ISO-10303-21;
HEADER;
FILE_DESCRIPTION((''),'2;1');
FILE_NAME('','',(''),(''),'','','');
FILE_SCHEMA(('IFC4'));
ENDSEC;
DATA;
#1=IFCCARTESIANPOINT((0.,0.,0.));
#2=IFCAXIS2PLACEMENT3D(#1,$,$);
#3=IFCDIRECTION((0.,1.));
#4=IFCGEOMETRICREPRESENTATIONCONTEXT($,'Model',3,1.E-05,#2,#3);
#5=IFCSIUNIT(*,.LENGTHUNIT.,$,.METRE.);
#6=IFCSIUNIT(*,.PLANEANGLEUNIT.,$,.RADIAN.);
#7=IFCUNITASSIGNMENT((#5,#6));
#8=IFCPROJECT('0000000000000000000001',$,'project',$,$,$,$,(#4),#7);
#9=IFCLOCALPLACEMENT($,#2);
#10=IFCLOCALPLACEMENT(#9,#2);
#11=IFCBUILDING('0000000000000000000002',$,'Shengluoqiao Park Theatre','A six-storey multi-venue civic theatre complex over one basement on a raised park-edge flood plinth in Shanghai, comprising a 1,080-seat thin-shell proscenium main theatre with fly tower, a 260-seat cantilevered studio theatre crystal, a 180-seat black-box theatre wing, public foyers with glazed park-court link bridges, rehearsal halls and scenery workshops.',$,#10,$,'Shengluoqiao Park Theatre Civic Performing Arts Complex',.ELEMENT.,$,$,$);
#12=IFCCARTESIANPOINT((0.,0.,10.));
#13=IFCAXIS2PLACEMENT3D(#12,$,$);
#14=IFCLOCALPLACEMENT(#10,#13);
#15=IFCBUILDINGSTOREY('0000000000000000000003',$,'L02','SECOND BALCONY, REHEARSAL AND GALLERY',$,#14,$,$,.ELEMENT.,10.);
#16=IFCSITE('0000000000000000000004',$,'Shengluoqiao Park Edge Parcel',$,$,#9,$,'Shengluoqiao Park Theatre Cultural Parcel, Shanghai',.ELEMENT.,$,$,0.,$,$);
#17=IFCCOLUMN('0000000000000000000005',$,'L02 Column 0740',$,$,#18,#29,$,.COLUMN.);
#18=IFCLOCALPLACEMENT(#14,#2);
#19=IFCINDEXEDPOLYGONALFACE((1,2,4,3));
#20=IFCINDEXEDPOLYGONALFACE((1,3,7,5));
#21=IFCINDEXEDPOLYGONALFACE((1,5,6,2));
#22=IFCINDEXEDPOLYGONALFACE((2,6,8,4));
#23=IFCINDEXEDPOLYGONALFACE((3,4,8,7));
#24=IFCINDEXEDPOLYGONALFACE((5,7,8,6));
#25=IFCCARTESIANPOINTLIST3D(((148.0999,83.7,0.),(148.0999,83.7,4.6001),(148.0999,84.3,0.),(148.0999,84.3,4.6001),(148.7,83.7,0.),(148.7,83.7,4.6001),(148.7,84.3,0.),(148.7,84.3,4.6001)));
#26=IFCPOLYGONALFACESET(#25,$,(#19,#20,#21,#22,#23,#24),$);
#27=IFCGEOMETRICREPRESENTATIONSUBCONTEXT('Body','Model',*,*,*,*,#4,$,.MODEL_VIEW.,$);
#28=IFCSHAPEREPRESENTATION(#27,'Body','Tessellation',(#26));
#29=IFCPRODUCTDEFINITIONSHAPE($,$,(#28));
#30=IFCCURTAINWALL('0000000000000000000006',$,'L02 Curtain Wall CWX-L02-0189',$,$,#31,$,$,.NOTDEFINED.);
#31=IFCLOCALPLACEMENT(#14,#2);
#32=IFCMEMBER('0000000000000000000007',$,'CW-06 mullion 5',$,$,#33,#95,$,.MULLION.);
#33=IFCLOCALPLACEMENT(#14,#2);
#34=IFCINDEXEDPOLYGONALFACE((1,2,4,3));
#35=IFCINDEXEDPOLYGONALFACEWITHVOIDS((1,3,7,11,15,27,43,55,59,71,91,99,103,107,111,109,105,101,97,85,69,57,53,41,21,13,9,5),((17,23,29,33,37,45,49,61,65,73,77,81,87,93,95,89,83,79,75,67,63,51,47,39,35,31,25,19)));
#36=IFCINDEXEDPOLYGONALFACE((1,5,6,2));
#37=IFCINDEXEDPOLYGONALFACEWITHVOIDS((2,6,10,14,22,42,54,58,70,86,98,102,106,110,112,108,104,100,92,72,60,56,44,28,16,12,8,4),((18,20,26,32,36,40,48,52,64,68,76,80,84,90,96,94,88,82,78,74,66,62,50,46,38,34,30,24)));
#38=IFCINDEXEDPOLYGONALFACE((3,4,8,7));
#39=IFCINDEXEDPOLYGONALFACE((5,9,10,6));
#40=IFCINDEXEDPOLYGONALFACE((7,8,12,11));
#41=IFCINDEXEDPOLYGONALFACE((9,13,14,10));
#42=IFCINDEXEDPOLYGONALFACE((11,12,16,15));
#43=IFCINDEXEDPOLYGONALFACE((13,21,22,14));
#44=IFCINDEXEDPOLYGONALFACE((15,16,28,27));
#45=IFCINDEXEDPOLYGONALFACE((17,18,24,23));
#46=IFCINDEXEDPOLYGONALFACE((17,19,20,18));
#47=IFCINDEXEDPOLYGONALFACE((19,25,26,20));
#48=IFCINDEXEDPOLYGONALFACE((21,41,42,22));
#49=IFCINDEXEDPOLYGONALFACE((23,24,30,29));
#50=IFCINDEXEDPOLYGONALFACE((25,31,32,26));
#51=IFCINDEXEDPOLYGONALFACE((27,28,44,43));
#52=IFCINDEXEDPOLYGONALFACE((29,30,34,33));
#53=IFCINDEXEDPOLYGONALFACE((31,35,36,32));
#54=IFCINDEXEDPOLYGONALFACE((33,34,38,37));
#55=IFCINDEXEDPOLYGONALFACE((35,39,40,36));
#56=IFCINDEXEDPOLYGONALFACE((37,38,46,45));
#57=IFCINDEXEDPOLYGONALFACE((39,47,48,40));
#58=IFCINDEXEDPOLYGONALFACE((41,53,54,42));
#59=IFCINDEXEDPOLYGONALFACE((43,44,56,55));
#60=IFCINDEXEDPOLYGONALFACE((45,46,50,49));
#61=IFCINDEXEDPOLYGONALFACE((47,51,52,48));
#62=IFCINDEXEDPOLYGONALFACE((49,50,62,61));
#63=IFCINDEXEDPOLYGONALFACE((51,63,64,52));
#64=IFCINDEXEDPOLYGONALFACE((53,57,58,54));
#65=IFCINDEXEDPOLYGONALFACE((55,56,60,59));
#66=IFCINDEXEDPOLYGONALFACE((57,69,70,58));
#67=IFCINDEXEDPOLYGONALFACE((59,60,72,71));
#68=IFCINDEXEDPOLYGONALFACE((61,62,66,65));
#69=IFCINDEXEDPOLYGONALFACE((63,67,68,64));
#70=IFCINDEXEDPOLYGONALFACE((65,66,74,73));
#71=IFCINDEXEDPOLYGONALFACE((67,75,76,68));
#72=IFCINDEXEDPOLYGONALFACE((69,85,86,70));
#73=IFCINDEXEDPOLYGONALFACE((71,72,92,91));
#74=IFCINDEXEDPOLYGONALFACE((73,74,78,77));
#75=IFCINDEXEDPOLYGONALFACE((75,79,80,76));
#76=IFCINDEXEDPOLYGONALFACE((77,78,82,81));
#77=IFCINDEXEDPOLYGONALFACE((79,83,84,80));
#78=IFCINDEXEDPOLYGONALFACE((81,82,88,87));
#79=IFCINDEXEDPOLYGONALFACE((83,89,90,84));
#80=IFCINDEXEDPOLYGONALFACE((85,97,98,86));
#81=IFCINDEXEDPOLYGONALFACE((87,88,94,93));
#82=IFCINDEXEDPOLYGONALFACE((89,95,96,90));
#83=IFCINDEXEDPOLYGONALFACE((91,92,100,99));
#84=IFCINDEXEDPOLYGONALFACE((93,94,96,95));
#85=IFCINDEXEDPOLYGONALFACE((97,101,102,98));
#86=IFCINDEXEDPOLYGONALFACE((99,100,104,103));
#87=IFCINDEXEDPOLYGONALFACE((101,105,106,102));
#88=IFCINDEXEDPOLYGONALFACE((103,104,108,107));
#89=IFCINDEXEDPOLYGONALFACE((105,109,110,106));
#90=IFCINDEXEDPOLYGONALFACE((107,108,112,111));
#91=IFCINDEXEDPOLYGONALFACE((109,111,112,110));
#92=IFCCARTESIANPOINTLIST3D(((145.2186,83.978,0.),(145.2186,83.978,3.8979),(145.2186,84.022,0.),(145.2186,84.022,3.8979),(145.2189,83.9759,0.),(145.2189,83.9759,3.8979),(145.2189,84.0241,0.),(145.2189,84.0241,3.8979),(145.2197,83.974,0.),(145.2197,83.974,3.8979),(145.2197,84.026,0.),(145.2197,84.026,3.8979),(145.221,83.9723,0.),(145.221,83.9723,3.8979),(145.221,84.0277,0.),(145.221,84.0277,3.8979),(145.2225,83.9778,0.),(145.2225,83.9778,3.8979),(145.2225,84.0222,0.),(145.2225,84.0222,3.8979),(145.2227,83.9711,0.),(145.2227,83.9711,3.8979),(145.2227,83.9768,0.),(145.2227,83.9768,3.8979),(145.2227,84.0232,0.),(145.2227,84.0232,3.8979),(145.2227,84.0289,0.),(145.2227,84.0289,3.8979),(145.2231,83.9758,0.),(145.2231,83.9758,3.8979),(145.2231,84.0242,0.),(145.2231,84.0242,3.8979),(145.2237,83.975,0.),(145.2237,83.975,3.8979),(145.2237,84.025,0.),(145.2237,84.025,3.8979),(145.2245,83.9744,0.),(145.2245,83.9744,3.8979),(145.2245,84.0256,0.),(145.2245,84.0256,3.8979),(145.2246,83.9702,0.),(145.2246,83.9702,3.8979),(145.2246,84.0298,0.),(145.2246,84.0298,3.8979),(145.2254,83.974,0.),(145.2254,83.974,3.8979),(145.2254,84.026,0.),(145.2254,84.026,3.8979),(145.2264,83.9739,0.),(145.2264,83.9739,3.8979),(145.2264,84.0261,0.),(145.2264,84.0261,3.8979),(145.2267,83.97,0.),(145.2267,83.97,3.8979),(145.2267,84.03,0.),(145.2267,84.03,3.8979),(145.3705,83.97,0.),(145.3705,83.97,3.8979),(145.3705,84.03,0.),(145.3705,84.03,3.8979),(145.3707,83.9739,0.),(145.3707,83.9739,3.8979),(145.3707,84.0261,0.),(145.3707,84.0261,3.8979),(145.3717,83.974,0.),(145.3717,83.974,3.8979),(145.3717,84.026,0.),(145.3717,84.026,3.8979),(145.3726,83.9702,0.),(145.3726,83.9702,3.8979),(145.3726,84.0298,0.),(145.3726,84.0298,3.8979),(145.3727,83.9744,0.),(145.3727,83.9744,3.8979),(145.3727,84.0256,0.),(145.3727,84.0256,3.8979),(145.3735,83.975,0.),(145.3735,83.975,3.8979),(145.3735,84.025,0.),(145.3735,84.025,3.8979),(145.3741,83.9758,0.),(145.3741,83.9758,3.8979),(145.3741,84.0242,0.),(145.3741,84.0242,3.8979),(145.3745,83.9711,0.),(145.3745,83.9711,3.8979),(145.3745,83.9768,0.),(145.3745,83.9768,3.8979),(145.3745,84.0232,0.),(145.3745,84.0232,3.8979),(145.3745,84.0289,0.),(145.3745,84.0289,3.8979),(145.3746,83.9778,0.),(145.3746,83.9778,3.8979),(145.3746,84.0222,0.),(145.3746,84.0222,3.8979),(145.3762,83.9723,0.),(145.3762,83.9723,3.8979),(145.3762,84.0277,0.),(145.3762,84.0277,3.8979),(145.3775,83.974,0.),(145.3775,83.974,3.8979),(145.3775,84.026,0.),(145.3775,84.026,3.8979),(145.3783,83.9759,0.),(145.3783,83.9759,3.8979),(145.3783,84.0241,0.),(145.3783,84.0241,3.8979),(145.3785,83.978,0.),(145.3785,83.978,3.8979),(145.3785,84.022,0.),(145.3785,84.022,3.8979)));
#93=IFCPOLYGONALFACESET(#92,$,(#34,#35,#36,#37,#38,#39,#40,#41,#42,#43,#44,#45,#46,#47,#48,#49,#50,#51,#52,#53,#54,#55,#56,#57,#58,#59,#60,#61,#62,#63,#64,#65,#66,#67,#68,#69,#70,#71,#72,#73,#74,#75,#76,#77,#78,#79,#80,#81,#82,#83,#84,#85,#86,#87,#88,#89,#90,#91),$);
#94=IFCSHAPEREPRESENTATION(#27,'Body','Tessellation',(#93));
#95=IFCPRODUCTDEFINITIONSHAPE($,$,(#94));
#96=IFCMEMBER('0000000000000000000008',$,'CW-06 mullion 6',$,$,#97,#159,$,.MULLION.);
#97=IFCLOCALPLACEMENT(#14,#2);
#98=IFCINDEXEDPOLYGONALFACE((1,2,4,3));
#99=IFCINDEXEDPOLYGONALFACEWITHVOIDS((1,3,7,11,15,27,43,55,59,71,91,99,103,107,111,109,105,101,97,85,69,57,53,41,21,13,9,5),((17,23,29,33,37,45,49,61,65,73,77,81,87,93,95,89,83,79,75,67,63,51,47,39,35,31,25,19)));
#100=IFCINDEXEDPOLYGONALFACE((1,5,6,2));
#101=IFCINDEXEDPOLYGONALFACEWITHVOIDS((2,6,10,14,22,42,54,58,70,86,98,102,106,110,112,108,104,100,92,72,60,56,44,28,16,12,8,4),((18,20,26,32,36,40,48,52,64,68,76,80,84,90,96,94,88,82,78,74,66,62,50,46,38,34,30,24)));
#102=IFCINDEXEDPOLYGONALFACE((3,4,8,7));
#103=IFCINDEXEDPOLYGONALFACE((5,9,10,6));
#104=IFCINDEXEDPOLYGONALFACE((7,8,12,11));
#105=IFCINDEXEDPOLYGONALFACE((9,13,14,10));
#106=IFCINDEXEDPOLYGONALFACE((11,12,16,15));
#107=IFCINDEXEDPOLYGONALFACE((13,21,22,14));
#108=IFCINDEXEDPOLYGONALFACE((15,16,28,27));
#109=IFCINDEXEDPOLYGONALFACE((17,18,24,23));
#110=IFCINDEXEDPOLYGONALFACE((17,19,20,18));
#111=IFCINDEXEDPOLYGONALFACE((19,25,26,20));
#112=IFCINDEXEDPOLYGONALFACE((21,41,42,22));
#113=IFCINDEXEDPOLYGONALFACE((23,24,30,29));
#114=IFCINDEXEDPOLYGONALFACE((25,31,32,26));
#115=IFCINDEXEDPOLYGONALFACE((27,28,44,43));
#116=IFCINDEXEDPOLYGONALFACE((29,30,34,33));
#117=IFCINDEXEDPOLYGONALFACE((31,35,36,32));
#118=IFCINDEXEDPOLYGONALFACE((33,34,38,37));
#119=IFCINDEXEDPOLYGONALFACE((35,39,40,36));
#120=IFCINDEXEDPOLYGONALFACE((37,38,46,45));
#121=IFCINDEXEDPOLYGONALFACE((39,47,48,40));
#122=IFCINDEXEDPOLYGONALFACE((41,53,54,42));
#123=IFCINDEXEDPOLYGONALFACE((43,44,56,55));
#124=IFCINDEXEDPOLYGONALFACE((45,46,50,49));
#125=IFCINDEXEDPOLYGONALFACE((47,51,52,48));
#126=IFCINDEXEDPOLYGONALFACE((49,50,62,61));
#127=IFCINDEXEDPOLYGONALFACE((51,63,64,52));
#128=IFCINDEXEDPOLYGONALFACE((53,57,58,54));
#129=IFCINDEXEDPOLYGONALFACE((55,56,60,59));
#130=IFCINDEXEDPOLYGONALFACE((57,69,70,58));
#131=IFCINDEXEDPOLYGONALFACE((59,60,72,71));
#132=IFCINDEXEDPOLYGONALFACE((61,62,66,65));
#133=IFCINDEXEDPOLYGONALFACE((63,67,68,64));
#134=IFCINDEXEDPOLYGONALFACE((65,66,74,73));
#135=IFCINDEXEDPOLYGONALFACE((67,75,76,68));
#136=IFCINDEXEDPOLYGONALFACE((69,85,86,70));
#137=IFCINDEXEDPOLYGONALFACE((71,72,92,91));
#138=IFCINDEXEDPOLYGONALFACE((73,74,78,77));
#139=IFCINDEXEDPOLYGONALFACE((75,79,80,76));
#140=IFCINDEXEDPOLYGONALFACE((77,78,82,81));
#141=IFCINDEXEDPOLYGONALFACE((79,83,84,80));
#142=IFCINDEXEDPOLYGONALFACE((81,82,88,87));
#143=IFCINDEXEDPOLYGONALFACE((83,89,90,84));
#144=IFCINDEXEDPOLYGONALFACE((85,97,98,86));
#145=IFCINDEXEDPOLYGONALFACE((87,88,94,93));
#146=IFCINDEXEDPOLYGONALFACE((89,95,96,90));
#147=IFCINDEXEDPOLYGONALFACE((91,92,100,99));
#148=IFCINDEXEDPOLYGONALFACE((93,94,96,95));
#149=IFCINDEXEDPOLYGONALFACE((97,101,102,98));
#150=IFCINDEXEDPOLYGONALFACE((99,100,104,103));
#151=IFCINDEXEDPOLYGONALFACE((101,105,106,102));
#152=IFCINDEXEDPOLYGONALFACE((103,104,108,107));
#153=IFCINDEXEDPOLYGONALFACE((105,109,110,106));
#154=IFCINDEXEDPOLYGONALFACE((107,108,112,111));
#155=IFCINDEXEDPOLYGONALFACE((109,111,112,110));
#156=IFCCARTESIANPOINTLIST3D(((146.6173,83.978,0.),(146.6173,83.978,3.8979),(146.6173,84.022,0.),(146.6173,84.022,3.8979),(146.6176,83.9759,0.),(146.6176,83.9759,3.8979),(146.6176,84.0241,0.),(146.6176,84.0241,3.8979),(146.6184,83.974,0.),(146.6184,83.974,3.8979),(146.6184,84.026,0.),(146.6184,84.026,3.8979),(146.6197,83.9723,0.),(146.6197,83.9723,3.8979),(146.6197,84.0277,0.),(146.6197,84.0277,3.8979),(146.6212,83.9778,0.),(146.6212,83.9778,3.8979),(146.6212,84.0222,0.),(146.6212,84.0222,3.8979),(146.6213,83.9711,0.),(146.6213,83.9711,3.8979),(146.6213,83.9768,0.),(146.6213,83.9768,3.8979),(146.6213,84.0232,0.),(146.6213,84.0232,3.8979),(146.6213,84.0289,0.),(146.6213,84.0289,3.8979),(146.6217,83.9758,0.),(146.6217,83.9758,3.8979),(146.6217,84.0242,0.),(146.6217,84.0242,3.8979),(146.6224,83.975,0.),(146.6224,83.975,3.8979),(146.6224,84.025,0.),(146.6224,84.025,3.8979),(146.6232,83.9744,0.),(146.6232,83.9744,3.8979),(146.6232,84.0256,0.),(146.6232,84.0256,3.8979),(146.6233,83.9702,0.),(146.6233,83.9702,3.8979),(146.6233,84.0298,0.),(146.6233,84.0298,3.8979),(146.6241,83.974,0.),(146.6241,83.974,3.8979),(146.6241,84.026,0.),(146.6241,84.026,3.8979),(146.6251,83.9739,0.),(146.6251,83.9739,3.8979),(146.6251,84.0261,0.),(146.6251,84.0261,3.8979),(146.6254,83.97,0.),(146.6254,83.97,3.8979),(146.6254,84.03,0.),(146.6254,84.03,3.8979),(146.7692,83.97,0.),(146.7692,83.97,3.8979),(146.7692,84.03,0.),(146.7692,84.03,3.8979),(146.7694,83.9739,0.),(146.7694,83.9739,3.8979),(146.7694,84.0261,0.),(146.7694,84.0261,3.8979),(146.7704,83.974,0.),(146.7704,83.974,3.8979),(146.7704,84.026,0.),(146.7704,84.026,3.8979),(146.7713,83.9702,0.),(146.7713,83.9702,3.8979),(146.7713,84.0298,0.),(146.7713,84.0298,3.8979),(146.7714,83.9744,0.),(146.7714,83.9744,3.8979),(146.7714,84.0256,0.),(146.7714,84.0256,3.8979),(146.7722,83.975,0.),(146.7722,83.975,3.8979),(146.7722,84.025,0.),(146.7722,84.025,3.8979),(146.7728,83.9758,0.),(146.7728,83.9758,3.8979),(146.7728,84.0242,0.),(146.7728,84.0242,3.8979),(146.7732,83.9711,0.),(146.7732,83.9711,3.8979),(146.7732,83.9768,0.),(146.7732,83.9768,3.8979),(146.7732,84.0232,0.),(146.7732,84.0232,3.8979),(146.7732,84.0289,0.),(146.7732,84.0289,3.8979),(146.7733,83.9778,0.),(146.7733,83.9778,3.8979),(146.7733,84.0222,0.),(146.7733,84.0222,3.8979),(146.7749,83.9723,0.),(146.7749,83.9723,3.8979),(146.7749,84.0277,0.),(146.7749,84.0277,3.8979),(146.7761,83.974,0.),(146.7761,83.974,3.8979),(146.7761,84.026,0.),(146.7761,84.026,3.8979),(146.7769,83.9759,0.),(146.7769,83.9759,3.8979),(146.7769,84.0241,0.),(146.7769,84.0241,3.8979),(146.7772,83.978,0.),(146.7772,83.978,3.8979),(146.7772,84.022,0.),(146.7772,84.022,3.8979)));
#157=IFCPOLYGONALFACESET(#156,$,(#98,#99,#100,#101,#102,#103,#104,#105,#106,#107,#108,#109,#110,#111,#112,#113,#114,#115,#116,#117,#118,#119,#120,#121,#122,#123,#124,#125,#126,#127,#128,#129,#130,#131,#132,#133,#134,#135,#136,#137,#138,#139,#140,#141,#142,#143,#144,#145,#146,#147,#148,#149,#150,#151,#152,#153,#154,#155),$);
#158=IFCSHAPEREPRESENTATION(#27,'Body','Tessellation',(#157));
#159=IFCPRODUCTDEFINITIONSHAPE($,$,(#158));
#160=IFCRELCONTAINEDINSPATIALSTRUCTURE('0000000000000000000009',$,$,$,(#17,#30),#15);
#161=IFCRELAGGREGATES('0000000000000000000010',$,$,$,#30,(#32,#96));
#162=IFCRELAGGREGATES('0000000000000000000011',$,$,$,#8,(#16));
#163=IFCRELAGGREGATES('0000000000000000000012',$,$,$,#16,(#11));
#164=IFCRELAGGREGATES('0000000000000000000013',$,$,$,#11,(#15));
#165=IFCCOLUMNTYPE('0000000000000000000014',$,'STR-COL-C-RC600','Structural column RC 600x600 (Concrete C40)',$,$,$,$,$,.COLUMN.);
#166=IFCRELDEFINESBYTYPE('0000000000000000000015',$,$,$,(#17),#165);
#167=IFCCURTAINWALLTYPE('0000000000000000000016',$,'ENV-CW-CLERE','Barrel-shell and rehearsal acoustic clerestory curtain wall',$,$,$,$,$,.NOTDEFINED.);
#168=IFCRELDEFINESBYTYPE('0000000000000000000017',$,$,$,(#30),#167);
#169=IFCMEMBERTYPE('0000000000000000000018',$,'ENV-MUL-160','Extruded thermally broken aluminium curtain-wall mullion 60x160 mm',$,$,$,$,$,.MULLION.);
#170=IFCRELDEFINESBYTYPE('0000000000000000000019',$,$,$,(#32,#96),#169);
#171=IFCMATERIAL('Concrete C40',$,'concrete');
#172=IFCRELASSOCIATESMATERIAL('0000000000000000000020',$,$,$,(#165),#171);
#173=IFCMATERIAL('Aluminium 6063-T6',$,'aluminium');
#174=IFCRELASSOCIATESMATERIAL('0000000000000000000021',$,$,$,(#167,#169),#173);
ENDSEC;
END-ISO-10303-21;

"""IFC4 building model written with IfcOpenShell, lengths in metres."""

from ifc_helpers import new_model, si_unit, direction, frame, origin, origin_2d, place, context, subcontext, project, spatial, rectangle, hollow_rectangle, extrude, material, material_profile, profile_set, type_object, element, aggregate, save


model = new_model("IFC4")

# Units and contexts
model_context = context("Model", 3, precision=1e-05, world=origin(), true_north=direction((0.0, 1.0)))
body_context = subcontext(model_context, "Body", "Model", "MODEL_VIEW")
ifc_project = project(units=[si_unit("LENGTHUNIT", "METRE"), si_unit("PLANEANGLEUNIT", "RADIAN")], contexts=[model_context])

# Site, building, storey
site_placement = place(None, origin())
site = spatial("IfcSite", under=ifc_project, at=site_placement, Name="Shengluoqiao Park Edge Parcel", LongName="Shengluoqiao Park Theatre Cultural Parcel, Shanghai", CompositionType="ELEMENT", RefElevation=0.0)
building_placement = place(site_placement, origin())
building = spatial("IfcBuilding", under=site, at=building_placement, Name="Shengluoqiao Park Theatre", Description="A six-storey multi-venue civic theatre complex over one basement on a raised park-edge flood plinth in Shanghai, comprising a 1,080-seat thin-shell proscenium main theatre with fly tower, a 260-seat cantilevered studio theatre crystal, a 180-seat black-box theatre wing, public foyers with glazed park-court link bridges, rehearsal halls and scenery workshops.", LongName="Shengluoqiao Park Theatre Civic Performing Arts Complex", CompositionType="ELEMENT")
storey_placement = place(building_placement, frame((0.0, 0.0, 10.0)))
storey = spatial("IfcBuildingStorey", under=building, at=storey_placement, Name="L02", Description="SECOND BALCONY, REHEARSAL AND GALLERY", CompositionType="ELEMENT", Elevation=10.0)

# Column
ifc_material_1 = material(Name="Concrete C40", Category="concrete")
ifc_material_profile_1 = material_profile(ifc_material_1, rectangle(XDim=0.6001, YDim=0.6001, at=origin_2d()), Name="RC 600x600")
ifc_profile_set_1 = profile_set([ifc_material_profile_1], Name="Concrete C40")
column_type = type_object("IfcColumnType", Name="STR-COL-C-RC600", Description="Structural column RC 600x600 (Concrete C40)", PredefinedType="COLUMN", material=ifc_profile_set_1)
column_placement = place(storey_placement, frame((148.3999, 84.0, 0.0), z_axis=(0.0, 0.0, 1.0), x_axis=(1.0, 0.0, 0.0)))
element("IfcColumn", 1, at=column_placement, inside=storey, type_object=column_type, Name="L02 Column 0740", PredefinedType="COLUMN", context=body_context, shape_type="SweptSolid", body=[
    extrude(rectangle(XDim=0.6001, YDim=0.6001, at=origin_2d()), origin(), (0.0, 0.0, 1.0), 4.6001),
])

# Curtain wall, members
ifc_material_2 = material(Name="Aluminium 6063-T6", Category="aluminium")
curtain_wall_type = type_object("IfcCurtainWallType", Name="ENV-CW-CLERE", Description="Barrel-shell and rehearsal acoustic clerestory curtain wall", PredefinedType="NOTDEFINED", material=ifc_material_2)
curtain_wall_placement = place(storey_placement, origin())
curtain_wall = element("IfcCurtainWall", 2, at=curtain_wall_placement, inside=storey, type_object=curtain_wall_type, Name="L02 Curtain Wall CWX-L02-0189", PredefinedType="NOTDEFINED")
ifc_material_profile_2 = material_profile(ifc_material_2, hollow_rectangle(XDim=0.0601, YDim=0.1599, WallThickness=0.0039, InnerFilletRadius=0.0039, OuterFilletRadius=0.0081, at=origin_2d()), Name="ALU MULLION 160x60x4")
ifc_profile_set_2 = profile_set([ifc_material_profile_2], Name="Aluminium 6063-T6")
member_type_1 = type_object("IfcMemberType", Name="ENV-MUL-160", Description="Extruded thermally broken aluminium curtain-wall mullion 60x160 mm", PredefinedType="MULLION", material=ifc_profile_set_2)
member_1_placement = place(storey_placement, frame((145.2986, 84.0, 0.0), z_axis=(0.0, 0.0, 1.0), x_axis=(0.0, 1.0, 0.0)))
member_1 = element("IfcMember", 3, at=member_1_placement, type_object=member_type_1, Name="CW-06 mullion 5", PredefinedType="MULLION", context=body_context, shape_type="SweptSolid", body=[
    extrude(hollow_rectangle(XDim=0.0601, YDim=0.1599, WallThickness=0.0039, InnerFilletRadius=0.0039, OuterFilletRadius=0.0081, at=origin_2d()), origin(), (0.0, 0.0, 1.0), 3.8979),
])
member_2_placement = place(storey_placement, frame((146.6973, 84.0, 0.0), z_axis=(0.0, 0.0, 1.0), x_axis=(0.0, 1.0, 0.0)))
member_2 = element("IfcMember", 4, at=member_2_placement, type_object=member_type_1, Name="CW-06 mullion 6", PredefinedType="MULLION", context=body_context, shape_type="SweptSolid", body=[
    extrude(hollow_rectangle(XDim=0.0601, YDim=0.1599, WallThickness=0.0039, InnerFilletRadius=0.0039, OuterFilletRadius=0.0081, at=origin_2d()), origin(), (0.0, 0.0, 1.0), 3.8979),
])

aggregate(curtain_wall, [member_1, member_2])

save(model, "model.ifc")
